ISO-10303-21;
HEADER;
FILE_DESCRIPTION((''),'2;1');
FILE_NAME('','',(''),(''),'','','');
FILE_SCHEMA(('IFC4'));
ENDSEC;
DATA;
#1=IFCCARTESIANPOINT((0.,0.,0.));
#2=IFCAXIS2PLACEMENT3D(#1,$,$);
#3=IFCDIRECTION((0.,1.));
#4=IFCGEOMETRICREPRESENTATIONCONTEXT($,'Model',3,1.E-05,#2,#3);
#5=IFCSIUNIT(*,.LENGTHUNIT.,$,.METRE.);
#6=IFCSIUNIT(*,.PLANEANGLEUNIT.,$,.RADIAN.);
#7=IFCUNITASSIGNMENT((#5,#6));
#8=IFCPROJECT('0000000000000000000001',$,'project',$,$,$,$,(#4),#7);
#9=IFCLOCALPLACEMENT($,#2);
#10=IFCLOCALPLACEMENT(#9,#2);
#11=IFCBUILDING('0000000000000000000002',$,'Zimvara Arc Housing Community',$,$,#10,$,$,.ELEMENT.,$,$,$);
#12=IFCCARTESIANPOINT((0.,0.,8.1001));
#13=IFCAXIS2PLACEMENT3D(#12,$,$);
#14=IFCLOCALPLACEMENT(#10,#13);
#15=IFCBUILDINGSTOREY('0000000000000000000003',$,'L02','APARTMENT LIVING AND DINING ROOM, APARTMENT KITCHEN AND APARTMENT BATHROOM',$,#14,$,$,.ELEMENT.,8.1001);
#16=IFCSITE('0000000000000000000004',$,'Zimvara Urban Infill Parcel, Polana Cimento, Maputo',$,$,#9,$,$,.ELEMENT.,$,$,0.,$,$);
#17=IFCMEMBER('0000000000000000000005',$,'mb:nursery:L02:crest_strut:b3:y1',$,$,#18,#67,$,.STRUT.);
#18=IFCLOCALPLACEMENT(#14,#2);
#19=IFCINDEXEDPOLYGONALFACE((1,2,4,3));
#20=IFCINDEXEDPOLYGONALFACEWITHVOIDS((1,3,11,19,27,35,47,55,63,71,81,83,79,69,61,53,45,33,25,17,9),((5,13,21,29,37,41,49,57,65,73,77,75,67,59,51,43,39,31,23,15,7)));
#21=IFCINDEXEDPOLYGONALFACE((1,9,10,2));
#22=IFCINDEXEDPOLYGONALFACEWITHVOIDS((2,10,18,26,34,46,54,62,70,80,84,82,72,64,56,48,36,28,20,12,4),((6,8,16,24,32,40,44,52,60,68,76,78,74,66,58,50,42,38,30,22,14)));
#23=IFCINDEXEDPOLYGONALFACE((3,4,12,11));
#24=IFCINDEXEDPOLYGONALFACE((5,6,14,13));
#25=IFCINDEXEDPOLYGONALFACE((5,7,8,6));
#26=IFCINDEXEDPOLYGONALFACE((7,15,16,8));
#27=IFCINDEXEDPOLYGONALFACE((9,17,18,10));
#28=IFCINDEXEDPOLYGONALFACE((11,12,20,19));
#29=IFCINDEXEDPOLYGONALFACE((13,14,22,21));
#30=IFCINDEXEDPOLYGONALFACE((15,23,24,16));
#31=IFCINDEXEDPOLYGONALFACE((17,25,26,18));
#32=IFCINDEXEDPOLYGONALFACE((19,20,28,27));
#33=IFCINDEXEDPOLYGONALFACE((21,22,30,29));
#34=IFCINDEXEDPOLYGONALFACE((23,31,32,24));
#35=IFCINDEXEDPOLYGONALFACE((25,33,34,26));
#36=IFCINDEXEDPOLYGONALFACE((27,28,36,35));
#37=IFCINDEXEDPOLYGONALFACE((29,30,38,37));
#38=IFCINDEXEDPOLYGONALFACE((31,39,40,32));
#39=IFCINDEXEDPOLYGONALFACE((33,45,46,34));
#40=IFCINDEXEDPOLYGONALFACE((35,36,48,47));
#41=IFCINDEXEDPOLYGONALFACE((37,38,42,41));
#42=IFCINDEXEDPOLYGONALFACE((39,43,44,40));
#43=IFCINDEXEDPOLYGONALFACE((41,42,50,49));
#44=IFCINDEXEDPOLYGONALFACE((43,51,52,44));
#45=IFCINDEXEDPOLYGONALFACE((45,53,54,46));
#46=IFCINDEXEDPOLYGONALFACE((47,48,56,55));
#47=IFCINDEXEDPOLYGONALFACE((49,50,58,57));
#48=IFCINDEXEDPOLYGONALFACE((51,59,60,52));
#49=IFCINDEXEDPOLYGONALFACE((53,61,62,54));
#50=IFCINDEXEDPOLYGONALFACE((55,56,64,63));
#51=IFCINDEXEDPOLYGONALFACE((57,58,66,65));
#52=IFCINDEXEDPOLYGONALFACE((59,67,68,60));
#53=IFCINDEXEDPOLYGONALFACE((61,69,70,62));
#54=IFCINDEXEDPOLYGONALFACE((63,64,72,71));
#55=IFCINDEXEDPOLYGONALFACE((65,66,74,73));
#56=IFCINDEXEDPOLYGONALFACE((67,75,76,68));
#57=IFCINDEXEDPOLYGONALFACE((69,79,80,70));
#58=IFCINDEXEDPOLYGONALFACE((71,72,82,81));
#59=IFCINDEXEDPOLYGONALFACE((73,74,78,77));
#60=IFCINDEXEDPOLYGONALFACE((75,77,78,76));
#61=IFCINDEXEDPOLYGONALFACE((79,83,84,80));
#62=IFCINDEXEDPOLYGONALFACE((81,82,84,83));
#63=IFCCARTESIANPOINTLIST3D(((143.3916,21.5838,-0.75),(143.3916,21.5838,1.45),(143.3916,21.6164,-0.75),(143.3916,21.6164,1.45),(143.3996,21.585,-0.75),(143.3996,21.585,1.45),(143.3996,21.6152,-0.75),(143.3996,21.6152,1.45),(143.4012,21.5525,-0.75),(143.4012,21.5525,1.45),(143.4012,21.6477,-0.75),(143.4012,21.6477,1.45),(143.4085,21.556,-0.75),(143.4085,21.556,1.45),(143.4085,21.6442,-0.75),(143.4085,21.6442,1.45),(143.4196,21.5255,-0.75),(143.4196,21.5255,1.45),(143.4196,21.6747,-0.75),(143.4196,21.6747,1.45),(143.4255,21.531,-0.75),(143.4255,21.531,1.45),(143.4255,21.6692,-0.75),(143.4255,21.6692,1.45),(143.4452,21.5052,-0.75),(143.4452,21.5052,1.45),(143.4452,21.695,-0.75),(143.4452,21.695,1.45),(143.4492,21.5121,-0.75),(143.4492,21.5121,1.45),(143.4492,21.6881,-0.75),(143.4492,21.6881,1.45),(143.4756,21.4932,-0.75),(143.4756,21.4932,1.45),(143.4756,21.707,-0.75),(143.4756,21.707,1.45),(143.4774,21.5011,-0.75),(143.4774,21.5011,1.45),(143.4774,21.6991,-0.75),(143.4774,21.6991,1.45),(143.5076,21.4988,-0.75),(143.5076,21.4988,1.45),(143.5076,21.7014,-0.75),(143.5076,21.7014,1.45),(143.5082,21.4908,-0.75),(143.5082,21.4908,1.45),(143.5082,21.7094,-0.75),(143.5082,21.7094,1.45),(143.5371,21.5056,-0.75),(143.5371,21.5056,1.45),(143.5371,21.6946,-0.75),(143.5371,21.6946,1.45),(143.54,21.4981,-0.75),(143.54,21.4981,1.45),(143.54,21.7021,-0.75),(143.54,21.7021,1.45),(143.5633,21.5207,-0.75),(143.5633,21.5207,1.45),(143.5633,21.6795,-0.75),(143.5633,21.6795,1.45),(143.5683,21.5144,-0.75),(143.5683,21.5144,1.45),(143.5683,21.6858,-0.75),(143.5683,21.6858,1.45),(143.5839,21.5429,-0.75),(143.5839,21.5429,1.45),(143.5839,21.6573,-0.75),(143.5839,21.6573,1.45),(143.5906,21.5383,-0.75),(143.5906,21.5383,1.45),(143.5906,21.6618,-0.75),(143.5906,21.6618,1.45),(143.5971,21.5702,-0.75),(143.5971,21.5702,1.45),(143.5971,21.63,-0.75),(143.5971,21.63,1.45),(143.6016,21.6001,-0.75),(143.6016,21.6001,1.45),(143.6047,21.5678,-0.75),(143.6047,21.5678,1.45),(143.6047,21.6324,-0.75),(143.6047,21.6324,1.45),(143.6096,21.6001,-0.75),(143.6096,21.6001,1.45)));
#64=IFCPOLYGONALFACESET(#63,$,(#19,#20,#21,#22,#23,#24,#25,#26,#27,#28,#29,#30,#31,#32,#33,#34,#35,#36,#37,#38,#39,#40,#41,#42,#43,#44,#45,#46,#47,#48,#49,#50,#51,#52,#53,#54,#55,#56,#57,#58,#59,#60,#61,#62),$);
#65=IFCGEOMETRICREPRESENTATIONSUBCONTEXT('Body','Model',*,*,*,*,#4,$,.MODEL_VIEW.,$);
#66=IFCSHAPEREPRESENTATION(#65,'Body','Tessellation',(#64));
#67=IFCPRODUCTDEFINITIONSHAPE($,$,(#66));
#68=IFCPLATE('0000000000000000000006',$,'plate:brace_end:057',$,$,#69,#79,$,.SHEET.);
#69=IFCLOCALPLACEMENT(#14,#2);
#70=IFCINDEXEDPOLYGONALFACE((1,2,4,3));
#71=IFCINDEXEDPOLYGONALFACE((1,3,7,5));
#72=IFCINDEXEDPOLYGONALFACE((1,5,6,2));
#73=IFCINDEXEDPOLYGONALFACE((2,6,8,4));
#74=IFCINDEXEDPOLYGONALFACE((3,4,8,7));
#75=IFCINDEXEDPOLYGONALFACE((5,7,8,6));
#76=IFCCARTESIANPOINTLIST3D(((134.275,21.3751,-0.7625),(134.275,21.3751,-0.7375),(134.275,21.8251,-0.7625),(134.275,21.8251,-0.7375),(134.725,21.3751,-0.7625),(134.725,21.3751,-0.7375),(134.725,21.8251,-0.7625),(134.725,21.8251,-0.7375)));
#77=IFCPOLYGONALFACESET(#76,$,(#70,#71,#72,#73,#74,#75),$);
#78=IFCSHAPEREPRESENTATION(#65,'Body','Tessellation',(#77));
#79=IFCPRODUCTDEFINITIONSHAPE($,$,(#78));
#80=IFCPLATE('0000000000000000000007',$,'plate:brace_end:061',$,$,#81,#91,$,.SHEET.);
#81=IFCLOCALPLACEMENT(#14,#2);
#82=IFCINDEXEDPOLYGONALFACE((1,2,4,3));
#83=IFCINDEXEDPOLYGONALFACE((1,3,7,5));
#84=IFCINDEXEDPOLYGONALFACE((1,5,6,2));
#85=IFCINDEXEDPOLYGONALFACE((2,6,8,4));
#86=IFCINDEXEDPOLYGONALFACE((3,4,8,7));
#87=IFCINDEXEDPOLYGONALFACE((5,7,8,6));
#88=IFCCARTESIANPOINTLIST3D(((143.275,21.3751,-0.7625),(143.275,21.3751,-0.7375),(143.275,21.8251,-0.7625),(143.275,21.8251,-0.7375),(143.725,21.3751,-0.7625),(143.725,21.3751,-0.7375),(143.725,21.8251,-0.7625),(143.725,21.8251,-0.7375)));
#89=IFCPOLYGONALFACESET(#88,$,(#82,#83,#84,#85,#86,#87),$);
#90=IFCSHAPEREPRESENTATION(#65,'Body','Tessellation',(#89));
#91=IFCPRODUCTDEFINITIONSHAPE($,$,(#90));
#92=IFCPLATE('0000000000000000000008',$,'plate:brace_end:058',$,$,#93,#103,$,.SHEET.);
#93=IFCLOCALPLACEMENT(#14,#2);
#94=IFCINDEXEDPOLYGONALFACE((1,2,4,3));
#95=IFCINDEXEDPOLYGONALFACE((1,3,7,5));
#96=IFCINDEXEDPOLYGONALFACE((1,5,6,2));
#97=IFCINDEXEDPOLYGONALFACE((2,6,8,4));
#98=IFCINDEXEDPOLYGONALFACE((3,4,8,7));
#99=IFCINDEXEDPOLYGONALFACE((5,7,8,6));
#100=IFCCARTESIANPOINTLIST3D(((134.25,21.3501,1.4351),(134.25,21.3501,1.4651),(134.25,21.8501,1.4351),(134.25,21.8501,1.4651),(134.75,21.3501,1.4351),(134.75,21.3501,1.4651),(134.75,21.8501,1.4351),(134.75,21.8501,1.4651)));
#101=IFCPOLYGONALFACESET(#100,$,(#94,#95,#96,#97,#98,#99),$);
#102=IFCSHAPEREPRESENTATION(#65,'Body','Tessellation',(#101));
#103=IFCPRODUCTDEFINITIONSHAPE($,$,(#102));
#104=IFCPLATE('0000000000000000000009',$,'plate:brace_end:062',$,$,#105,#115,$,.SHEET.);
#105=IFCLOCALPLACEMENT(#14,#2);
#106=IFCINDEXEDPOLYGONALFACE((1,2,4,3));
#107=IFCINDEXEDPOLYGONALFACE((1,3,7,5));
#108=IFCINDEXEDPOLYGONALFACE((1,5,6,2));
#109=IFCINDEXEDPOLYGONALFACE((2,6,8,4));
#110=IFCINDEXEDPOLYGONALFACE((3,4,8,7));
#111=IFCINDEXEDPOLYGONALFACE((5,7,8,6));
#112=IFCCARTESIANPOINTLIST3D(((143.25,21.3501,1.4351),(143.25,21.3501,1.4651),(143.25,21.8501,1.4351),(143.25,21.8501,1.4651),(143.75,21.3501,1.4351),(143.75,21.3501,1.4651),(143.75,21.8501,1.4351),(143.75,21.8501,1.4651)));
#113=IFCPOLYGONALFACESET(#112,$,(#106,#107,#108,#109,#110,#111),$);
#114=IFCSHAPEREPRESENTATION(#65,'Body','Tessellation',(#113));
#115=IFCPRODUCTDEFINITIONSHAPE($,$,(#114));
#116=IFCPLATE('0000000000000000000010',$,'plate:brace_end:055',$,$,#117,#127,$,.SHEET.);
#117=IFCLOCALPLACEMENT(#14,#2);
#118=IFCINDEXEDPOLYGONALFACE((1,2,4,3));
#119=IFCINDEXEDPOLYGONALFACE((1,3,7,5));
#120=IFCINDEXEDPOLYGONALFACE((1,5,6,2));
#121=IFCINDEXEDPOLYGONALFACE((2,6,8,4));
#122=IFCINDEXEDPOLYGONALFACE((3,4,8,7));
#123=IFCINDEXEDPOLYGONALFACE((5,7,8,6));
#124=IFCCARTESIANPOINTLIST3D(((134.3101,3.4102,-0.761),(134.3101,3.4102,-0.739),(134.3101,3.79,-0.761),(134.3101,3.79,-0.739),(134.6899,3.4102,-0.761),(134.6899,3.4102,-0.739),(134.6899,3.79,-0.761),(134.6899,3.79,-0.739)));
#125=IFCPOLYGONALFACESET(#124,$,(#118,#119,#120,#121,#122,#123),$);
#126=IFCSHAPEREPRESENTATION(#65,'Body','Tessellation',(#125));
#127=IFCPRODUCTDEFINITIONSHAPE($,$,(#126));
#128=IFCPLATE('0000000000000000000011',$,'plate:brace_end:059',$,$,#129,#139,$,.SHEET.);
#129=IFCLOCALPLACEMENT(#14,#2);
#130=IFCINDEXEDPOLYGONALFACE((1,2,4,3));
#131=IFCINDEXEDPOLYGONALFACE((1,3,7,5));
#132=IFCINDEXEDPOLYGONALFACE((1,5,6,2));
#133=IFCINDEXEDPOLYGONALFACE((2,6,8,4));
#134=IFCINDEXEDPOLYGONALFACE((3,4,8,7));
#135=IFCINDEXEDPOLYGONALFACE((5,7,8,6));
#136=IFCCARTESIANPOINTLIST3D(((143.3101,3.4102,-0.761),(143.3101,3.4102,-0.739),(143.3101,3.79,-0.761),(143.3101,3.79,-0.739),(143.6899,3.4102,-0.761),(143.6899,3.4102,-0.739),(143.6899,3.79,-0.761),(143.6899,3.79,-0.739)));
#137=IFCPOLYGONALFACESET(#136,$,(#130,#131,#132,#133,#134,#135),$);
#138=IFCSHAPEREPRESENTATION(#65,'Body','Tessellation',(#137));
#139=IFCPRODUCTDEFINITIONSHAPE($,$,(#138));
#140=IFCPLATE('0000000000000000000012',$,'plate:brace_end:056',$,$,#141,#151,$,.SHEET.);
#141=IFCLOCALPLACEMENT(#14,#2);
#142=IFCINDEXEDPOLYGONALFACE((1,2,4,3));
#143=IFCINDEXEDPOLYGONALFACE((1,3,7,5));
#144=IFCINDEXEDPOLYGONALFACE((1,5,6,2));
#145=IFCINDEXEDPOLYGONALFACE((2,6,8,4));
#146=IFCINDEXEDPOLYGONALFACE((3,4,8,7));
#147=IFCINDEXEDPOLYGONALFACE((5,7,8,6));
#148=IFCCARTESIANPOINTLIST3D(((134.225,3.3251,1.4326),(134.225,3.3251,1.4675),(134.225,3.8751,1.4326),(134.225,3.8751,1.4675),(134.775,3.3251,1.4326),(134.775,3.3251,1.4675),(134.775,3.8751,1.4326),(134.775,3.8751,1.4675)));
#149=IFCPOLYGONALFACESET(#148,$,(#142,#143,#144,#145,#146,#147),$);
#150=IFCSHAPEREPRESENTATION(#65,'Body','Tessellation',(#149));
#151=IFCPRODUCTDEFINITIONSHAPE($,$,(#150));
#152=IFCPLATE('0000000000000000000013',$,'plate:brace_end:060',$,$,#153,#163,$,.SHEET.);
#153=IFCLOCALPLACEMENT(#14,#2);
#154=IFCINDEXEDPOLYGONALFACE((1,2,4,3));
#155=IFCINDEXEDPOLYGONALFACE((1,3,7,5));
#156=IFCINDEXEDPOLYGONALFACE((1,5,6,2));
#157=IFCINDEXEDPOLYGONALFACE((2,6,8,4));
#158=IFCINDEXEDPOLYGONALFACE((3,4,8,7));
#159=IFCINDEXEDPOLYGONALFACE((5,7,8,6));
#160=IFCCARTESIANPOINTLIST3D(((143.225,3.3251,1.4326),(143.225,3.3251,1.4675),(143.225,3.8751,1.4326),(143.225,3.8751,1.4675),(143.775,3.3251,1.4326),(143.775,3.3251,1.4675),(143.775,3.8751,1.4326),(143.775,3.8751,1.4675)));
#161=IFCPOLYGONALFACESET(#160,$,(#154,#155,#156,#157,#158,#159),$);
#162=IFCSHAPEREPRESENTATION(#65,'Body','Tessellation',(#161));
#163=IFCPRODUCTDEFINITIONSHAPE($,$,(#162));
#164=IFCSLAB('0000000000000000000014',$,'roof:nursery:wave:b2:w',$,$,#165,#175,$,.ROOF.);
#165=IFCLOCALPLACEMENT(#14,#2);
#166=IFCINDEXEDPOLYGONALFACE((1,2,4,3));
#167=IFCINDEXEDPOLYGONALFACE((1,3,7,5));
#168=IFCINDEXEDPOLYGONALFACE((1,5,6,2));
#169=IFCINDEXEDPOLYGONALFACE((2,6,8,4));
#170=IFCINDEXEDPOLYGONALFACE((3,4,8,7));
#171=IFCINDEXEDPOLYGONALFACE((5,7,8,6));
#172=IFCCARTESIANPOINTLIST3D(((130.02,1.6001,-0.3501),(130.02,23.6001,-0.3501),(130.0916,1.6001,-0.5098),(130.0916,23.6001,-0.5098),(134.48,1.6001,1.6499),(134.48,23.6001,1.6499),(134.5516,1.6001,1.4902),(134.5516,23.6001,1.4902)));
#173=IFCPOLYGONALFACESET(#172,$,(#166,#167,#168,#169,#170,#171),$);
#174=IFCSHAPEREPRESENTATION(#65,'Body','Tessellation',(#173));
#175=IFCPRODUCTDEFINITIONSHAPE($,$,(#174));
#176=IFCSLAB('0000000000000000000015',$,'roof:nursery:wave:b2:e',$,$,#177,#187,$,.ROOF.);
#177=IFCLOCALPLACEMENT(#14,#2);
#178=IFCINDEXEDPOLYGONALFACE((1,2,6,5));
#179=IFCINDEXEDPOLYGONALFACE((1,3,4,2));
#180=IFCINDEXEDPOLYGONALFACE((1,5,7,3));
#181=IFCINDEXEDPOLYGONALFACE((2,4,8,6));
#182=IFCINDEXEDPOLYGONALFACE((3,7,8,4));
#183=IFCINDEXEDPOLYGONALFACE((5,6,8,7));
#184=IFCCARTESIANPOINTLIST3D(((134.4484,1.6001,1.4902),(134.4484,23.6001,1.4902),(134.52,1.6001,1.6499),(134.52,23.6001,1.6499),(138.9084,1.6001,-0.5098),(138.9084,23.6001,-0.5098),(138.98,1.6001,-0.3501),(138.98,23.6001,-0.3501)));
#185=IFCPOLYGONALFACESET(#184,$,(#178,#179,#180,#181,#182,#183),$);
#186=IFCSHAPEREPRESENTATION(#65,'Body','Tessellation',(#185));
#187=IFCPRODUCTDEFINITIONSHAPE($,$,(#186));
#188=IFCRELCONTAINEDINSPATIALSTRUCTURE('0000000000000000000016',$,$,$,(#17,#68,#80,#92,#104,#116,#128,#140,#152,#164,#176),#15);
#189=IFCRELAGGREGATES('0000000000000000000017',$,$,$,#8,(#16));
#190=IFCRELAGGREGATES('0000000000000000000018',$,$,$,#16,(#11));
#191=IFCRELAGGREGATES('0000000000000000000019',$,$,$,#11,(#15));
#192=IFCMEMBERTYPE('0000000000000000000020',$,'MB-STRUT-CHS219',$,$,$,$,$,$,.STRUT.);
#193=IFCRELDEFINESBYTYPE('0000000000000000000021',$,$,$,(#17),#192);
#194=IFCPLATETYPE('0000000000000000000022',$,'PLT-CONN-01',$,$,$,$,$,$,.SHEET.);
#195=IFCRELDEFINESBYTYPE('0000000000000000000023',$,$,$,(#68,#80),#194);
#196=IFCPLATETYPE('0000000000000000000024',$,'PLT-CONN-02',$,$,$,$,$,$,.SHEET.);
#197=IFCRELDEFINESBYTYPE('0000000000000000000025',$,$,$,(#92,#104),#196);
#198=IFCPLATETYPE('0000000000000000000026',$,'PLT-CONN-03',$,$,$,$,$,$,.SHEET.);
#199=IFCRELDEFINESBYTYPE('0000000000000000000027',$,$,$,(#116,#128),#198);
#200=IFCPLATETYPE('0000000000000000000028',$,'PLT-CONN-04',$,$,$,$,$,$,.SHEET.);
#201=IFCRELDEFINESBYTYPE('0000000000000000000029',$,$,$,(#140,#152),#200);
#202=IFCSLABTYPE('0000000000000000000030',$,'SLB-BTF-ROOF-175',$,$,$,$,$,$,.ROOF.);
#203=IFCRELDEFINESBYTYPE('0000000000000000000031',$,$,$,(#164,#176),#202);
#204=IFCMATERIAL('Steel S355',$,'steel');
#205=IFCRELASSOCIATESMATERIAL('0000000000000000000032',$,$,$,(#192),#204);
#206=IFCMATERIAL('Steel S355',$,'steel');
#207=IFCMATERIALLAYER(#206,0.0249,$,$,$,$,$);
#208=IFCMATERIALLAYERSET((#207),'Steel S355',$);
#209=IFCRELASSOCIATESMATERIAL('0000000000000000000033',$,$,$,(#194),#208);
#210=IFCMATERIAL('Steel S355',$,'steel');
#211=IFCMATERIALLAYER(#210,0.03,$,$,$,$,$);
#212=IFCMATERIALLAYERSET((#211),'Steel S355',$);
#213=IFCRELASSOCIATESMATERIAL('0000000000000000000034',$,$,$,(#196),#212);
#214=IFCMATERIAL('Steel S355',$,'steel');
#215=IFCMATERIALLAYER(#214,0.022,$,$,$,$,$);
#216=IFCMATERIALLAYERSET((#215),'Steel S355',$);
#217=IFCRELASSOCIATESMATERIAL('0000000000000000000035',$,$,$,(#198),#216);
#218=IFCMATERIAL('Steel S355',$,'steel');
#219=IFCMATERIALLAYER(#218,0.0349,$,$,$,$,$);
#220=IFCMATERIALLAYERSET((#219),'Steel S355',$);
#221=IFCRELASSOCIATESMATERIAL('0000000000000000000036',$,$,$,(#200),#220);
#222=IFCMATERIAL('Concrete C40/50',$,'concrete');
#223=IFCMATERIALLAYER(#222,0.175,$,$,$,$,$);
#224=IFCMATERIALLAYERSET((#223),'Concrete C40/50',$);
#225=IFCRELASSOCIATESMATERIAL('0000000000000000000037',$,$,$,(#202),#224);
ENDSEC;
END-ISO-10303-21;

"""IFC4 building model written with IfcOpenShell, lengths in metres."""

from ifc_helpers import new_model, si_unit, direction, frame, origin, origin_2d, place, context, subcontext, project, spatial, polyline, rectangle, hollow_circle, outline, extrude, material, layer, layer_set, material_profile, profile_set, type_object, element, save


model = new_model("IFC4")

# Units and contexts
model_context = context("Model", 3, precision=1e-05, world=origin(), true_north=direction((0.0, 1.0)))
body_context = subcontext(model_context, "Body", "Model", "MODEL_VIEW")
ifc_project = project(units=[si_unit("LENGTHUNIT", "METRE"), si_unit("PLANEANGLEUNIT", "RADIAN")], contexts=[model_context])

# Site, building, storey
site_placement = place(None, origin())
site = spatial("IfcSite", under=ifc_project, at=site_placement, Name="Zimvara Urban Infill Parcel, Polana Cimento, Maputo", CompositionType="ELEMENT", RefElevation=0.0)
building_placement = place(site_placement, origin())
building = spatial("IfcBuilding", under=site, at=building_placement, Name="Zimvara Arc Housing Community", CompositionType="ELEMENT")
storey_placement = place(building_placement, frame((0.0, 0.0, 8.1001)))
storey = spatial("IfcBuildingStorey", under=building, at=storey_placement, Name="L02", Description="APARTMENT LIVING AND DINING ROOM, APARTMENT KITCHEN AND APARTMENT BATHROOM", CompositionType="ELEMENT", Elevation=8.1001)

# Member
ifc_material_1 = material(Name="Steel S355", Category="steel")
ifc_material_profile_1 = material_profile(ifc_material_1, hollow_circle(Radius=0.1096, WallThickness=0.0081, at=origin_2d()), Name="CHS 219.1x8.0")
ifc_profile_set_1 = profile_set([ifc_material_profile_1], Name="Steel S355")
member_type_1 = type_object("IfcMemberType", Name="MB-STRUT-CHS219", PredefinedType="STRUT", material=ifc_profile_set_1)
for number, where, z_axis, x_axis, name in (
    (1, (143.5, 21.6001, -0.75), (0.0, 0.0, 1.0), (1.0, 0.0, 0.0), "mb:nursery:L02:crest_strut:b3:y1"),
):
    element("IfcMember", number, at=place(storey_placement, frame(where, z_axis=z_axis, x_axis=x_axis)), inside=storey, type_object=member_type_1, Name=name, PredefinedType="STRUT", context=body_context, shape_type="SweptSolid", body=[
        extrude(hollow_circle(Radius=0.1096, WallThickness=0.0081, at=origin_2d()), origin(), (0.0, 0.0, 1.0), 2.2),
    ])

# Plates
ifc_material_2 = material(Name="Steel S355", Category="steel")
ifc_layer_1 = layer(ifc_material_2, 0.0249)
ifc_layer_set_1 = layer_set([ifc_layer_1], Name="Steel S355")
plate_type_1 = type_object("IfcPlateType", Name="PLT-CONN-01", PredefinedType="SHEET", material=ifc_layer_set_1)
for number, where, z_axis, x_axis, name in (
    (2, (134.5, 21.6001, -0.7625), (0.0, 0.0, 1.0), (1.0, 0.0, 0.0), "plate:brace_end:057"),
    (3, (143.5, 21.6001, -0.7625), (0.0, 0.0, 1.0), (1.0, 0.0, 0.0), "plate:brace_end:061"),
):
    element("IfcPlate", number, at=place(storey_placement, frame(where, z_axis=z_axis, x_axis=x_axis)), inside=storey, type_object=plate_type_1, Name=name, PredefinedType="SHEET", context=body_context, shape_type="SweptSolid", body=[
        extrude(rectangle(XDim=0.45, YDim=0.45, at=origin_2d()), origin(), (0.0, 0.0, 1.0), 0.0249),
    ])
ifc_material_3 = material(Name="Steel S355", Category="steel")
ifc_layer_2 = layer(ifc_material_3, 0.03)
ifc_layer_set_2 = layer_set([ifc_layer_2], Name="Steel S355")
plate_type_2 = type_object("IfcPlateType", Name="PLT-CONN-02", PredefinedType="SHEET", material=ifc_layer_set_2)
for number, where, z_axis, x_axis, name in (
    (4, (134.5, 21.6001, 1.4351), (0.0, 0.0, 1.0), (1.0, 0.0, 0.0), "plate:brace_end:058"),
    (5, (143.5, 21.6001, 1.4351), (0.0, 0.0, 1.0), (1.0, 0.0, 0.0), "plate:brace_end:062"),
):
    element("IfcPlate", number, at=place(storey_placement, frame(where, z_axis=z_axis, x_axis=x_axis)), inside=storey, type_object=plate_type_2, Name=name, PredefinedType="SHEET", context=body_context, shape_type="SweptSolid", body=[
        extrude(rectangle(XDim=0.5, YDim=0.5, at=origin_2d()), origin(), (0.0, 0.0, 1.0), 0.03),
    ])
ifc_material_4 = material(Name="Steel S355", Category="steel")
ifc_layer_3 = layer(ifc_material_4, 0.022)
ifc_layer_set_3 = layer_set([ifc_layer_3], Name="Steel S355")
plate_type_3 = type_object("IfcPlateType", Name="PLT-CONN-03", PredefinedType="SHEET", material=ifc_layer_set_3)
for number, where, z_axis, x_axis, name in (
    (6, (134.5, 3.6001, -0.761), (0.0, 0.0, 1.0), (1.0, 0.0, 0.0), "plate:brace_end:055"),
    (7, (143.5, 3.6001, -0.761), (0.0, 0.0, 1.0), (1.0, 0.0, 0.0), "plate:brace_end:059"),
):
    element("IfcPlate", number, at=place(storey_placement, frame(where, z_axis=z_axis, x_axis=x_axis)), inside=storey, type_object=plate_type_3, Name=name, PredefinedType="SHEET", context=body_context, shape_type="SweptSolid", body=[
        extrude(rectangle(XDim=0.3799, YDim=0.3799, at=origin_2d()), origin(), (0.0, 0.0, 1.0), 0.022),
    ])
ifc_material_5 = material(Name="Steel S355", Category="steel")
ifc_layer_4 = layer(ifc_material_5, 0.0349)
ifc_layer_set_4 = layer_set([ifc_layer_4], Name="Steel S355")
plate_type_4 = type_object("IfcPlateType", Name="PLT-CONN-04", PredefinedType="SHEET", material=ifc_layer_set_4)
for number, where, z_axis, x_axis, name in (
    (8, (134.5, 3.6001, 1.4326), (0.0, 0.0, 1.0), (1.0, 0.0, 0.0), "plate:brace_end:056"),
    (9, (143.5, 3.6001, 1.4326), (0.0, 0.0, 1.0), (1.0, 0.0, 0.0), "plate:brace_end:060"),
):
    element("IfcPlate", number, at=place(storey_placement, frame(where, z_axis=z_axis, x_axis=x_axis)), inside=storey, type_object=plate_type_4, Name=name, PredefinedType="SHEET", context=body_context, shape_type="SweptSolid", body=[
        extrude(rectangle(XDim=0.55, YDim=0.55, at=origin_2d()), origin(), (0.0, 0.0, 1.0), 0.0349),
    ])

# Slabs
ifc_material_6 = material(Name="Concrete C40/50", Category="concrete")
ifc_layer_5 = layer(ifc_material_6, 0.175)
ifc_layer_set_5 = layer_set([ifc_layer_5], Name="Concrete C40/50")
slab_type = type_object("IfcSlabType", Name="SLB-BTF-ROOF-175", PredefinedType="ROOF", material=ifc_layer_set_5)
slab_1_placement = place(storey_placement, frame((130.02, 1.6001, -0.3501), z_axis=(-0.409176, 0.0, 0.912455), x_axis=(0.912455, 0.0, 0.409176)))
element("IfcSlab", 10, at=slab_1_placement, inside=storey, type_object=slab_type, Name="roof:nursery:wave:b2:w", PredefinedType="ROOF", context=body_context, shape_type="SweptSolid", body=[
    extrude(outline(polyline([(0.0, 0.0), (4.8879, 0.0), (4.8879, 22.0), (0.0, 22.0), (0.0, 0.0)])), origin(), (0.0, 0.0, -1.0), 0.175),
])
slab_2_placement = place(storey_placement, frame((134.52, 23.6001, 1.6499), z_axis=(0.409176, 0.0, 0.912455), x_axis=(0.912455, 0.0, -0.409176)))
element("IfcSlab", 11, at=slab_2_placement, inside=storey, type_object=slab_type, Name="roof:nursery:wave:b2:e", PredefinedType="ROOF", context=body_context, shape_type="SweptSolid", body=[
    extrude(outline(polyline([(0.0, 0.0), (4.8879, 0.0), (4.8879, -22.0), (0.0, -22.0), (0.0, 0.0)])), origin(), (0.0, 0.0, -1.0), 0.175),
])

save(model, "model.ifc")
